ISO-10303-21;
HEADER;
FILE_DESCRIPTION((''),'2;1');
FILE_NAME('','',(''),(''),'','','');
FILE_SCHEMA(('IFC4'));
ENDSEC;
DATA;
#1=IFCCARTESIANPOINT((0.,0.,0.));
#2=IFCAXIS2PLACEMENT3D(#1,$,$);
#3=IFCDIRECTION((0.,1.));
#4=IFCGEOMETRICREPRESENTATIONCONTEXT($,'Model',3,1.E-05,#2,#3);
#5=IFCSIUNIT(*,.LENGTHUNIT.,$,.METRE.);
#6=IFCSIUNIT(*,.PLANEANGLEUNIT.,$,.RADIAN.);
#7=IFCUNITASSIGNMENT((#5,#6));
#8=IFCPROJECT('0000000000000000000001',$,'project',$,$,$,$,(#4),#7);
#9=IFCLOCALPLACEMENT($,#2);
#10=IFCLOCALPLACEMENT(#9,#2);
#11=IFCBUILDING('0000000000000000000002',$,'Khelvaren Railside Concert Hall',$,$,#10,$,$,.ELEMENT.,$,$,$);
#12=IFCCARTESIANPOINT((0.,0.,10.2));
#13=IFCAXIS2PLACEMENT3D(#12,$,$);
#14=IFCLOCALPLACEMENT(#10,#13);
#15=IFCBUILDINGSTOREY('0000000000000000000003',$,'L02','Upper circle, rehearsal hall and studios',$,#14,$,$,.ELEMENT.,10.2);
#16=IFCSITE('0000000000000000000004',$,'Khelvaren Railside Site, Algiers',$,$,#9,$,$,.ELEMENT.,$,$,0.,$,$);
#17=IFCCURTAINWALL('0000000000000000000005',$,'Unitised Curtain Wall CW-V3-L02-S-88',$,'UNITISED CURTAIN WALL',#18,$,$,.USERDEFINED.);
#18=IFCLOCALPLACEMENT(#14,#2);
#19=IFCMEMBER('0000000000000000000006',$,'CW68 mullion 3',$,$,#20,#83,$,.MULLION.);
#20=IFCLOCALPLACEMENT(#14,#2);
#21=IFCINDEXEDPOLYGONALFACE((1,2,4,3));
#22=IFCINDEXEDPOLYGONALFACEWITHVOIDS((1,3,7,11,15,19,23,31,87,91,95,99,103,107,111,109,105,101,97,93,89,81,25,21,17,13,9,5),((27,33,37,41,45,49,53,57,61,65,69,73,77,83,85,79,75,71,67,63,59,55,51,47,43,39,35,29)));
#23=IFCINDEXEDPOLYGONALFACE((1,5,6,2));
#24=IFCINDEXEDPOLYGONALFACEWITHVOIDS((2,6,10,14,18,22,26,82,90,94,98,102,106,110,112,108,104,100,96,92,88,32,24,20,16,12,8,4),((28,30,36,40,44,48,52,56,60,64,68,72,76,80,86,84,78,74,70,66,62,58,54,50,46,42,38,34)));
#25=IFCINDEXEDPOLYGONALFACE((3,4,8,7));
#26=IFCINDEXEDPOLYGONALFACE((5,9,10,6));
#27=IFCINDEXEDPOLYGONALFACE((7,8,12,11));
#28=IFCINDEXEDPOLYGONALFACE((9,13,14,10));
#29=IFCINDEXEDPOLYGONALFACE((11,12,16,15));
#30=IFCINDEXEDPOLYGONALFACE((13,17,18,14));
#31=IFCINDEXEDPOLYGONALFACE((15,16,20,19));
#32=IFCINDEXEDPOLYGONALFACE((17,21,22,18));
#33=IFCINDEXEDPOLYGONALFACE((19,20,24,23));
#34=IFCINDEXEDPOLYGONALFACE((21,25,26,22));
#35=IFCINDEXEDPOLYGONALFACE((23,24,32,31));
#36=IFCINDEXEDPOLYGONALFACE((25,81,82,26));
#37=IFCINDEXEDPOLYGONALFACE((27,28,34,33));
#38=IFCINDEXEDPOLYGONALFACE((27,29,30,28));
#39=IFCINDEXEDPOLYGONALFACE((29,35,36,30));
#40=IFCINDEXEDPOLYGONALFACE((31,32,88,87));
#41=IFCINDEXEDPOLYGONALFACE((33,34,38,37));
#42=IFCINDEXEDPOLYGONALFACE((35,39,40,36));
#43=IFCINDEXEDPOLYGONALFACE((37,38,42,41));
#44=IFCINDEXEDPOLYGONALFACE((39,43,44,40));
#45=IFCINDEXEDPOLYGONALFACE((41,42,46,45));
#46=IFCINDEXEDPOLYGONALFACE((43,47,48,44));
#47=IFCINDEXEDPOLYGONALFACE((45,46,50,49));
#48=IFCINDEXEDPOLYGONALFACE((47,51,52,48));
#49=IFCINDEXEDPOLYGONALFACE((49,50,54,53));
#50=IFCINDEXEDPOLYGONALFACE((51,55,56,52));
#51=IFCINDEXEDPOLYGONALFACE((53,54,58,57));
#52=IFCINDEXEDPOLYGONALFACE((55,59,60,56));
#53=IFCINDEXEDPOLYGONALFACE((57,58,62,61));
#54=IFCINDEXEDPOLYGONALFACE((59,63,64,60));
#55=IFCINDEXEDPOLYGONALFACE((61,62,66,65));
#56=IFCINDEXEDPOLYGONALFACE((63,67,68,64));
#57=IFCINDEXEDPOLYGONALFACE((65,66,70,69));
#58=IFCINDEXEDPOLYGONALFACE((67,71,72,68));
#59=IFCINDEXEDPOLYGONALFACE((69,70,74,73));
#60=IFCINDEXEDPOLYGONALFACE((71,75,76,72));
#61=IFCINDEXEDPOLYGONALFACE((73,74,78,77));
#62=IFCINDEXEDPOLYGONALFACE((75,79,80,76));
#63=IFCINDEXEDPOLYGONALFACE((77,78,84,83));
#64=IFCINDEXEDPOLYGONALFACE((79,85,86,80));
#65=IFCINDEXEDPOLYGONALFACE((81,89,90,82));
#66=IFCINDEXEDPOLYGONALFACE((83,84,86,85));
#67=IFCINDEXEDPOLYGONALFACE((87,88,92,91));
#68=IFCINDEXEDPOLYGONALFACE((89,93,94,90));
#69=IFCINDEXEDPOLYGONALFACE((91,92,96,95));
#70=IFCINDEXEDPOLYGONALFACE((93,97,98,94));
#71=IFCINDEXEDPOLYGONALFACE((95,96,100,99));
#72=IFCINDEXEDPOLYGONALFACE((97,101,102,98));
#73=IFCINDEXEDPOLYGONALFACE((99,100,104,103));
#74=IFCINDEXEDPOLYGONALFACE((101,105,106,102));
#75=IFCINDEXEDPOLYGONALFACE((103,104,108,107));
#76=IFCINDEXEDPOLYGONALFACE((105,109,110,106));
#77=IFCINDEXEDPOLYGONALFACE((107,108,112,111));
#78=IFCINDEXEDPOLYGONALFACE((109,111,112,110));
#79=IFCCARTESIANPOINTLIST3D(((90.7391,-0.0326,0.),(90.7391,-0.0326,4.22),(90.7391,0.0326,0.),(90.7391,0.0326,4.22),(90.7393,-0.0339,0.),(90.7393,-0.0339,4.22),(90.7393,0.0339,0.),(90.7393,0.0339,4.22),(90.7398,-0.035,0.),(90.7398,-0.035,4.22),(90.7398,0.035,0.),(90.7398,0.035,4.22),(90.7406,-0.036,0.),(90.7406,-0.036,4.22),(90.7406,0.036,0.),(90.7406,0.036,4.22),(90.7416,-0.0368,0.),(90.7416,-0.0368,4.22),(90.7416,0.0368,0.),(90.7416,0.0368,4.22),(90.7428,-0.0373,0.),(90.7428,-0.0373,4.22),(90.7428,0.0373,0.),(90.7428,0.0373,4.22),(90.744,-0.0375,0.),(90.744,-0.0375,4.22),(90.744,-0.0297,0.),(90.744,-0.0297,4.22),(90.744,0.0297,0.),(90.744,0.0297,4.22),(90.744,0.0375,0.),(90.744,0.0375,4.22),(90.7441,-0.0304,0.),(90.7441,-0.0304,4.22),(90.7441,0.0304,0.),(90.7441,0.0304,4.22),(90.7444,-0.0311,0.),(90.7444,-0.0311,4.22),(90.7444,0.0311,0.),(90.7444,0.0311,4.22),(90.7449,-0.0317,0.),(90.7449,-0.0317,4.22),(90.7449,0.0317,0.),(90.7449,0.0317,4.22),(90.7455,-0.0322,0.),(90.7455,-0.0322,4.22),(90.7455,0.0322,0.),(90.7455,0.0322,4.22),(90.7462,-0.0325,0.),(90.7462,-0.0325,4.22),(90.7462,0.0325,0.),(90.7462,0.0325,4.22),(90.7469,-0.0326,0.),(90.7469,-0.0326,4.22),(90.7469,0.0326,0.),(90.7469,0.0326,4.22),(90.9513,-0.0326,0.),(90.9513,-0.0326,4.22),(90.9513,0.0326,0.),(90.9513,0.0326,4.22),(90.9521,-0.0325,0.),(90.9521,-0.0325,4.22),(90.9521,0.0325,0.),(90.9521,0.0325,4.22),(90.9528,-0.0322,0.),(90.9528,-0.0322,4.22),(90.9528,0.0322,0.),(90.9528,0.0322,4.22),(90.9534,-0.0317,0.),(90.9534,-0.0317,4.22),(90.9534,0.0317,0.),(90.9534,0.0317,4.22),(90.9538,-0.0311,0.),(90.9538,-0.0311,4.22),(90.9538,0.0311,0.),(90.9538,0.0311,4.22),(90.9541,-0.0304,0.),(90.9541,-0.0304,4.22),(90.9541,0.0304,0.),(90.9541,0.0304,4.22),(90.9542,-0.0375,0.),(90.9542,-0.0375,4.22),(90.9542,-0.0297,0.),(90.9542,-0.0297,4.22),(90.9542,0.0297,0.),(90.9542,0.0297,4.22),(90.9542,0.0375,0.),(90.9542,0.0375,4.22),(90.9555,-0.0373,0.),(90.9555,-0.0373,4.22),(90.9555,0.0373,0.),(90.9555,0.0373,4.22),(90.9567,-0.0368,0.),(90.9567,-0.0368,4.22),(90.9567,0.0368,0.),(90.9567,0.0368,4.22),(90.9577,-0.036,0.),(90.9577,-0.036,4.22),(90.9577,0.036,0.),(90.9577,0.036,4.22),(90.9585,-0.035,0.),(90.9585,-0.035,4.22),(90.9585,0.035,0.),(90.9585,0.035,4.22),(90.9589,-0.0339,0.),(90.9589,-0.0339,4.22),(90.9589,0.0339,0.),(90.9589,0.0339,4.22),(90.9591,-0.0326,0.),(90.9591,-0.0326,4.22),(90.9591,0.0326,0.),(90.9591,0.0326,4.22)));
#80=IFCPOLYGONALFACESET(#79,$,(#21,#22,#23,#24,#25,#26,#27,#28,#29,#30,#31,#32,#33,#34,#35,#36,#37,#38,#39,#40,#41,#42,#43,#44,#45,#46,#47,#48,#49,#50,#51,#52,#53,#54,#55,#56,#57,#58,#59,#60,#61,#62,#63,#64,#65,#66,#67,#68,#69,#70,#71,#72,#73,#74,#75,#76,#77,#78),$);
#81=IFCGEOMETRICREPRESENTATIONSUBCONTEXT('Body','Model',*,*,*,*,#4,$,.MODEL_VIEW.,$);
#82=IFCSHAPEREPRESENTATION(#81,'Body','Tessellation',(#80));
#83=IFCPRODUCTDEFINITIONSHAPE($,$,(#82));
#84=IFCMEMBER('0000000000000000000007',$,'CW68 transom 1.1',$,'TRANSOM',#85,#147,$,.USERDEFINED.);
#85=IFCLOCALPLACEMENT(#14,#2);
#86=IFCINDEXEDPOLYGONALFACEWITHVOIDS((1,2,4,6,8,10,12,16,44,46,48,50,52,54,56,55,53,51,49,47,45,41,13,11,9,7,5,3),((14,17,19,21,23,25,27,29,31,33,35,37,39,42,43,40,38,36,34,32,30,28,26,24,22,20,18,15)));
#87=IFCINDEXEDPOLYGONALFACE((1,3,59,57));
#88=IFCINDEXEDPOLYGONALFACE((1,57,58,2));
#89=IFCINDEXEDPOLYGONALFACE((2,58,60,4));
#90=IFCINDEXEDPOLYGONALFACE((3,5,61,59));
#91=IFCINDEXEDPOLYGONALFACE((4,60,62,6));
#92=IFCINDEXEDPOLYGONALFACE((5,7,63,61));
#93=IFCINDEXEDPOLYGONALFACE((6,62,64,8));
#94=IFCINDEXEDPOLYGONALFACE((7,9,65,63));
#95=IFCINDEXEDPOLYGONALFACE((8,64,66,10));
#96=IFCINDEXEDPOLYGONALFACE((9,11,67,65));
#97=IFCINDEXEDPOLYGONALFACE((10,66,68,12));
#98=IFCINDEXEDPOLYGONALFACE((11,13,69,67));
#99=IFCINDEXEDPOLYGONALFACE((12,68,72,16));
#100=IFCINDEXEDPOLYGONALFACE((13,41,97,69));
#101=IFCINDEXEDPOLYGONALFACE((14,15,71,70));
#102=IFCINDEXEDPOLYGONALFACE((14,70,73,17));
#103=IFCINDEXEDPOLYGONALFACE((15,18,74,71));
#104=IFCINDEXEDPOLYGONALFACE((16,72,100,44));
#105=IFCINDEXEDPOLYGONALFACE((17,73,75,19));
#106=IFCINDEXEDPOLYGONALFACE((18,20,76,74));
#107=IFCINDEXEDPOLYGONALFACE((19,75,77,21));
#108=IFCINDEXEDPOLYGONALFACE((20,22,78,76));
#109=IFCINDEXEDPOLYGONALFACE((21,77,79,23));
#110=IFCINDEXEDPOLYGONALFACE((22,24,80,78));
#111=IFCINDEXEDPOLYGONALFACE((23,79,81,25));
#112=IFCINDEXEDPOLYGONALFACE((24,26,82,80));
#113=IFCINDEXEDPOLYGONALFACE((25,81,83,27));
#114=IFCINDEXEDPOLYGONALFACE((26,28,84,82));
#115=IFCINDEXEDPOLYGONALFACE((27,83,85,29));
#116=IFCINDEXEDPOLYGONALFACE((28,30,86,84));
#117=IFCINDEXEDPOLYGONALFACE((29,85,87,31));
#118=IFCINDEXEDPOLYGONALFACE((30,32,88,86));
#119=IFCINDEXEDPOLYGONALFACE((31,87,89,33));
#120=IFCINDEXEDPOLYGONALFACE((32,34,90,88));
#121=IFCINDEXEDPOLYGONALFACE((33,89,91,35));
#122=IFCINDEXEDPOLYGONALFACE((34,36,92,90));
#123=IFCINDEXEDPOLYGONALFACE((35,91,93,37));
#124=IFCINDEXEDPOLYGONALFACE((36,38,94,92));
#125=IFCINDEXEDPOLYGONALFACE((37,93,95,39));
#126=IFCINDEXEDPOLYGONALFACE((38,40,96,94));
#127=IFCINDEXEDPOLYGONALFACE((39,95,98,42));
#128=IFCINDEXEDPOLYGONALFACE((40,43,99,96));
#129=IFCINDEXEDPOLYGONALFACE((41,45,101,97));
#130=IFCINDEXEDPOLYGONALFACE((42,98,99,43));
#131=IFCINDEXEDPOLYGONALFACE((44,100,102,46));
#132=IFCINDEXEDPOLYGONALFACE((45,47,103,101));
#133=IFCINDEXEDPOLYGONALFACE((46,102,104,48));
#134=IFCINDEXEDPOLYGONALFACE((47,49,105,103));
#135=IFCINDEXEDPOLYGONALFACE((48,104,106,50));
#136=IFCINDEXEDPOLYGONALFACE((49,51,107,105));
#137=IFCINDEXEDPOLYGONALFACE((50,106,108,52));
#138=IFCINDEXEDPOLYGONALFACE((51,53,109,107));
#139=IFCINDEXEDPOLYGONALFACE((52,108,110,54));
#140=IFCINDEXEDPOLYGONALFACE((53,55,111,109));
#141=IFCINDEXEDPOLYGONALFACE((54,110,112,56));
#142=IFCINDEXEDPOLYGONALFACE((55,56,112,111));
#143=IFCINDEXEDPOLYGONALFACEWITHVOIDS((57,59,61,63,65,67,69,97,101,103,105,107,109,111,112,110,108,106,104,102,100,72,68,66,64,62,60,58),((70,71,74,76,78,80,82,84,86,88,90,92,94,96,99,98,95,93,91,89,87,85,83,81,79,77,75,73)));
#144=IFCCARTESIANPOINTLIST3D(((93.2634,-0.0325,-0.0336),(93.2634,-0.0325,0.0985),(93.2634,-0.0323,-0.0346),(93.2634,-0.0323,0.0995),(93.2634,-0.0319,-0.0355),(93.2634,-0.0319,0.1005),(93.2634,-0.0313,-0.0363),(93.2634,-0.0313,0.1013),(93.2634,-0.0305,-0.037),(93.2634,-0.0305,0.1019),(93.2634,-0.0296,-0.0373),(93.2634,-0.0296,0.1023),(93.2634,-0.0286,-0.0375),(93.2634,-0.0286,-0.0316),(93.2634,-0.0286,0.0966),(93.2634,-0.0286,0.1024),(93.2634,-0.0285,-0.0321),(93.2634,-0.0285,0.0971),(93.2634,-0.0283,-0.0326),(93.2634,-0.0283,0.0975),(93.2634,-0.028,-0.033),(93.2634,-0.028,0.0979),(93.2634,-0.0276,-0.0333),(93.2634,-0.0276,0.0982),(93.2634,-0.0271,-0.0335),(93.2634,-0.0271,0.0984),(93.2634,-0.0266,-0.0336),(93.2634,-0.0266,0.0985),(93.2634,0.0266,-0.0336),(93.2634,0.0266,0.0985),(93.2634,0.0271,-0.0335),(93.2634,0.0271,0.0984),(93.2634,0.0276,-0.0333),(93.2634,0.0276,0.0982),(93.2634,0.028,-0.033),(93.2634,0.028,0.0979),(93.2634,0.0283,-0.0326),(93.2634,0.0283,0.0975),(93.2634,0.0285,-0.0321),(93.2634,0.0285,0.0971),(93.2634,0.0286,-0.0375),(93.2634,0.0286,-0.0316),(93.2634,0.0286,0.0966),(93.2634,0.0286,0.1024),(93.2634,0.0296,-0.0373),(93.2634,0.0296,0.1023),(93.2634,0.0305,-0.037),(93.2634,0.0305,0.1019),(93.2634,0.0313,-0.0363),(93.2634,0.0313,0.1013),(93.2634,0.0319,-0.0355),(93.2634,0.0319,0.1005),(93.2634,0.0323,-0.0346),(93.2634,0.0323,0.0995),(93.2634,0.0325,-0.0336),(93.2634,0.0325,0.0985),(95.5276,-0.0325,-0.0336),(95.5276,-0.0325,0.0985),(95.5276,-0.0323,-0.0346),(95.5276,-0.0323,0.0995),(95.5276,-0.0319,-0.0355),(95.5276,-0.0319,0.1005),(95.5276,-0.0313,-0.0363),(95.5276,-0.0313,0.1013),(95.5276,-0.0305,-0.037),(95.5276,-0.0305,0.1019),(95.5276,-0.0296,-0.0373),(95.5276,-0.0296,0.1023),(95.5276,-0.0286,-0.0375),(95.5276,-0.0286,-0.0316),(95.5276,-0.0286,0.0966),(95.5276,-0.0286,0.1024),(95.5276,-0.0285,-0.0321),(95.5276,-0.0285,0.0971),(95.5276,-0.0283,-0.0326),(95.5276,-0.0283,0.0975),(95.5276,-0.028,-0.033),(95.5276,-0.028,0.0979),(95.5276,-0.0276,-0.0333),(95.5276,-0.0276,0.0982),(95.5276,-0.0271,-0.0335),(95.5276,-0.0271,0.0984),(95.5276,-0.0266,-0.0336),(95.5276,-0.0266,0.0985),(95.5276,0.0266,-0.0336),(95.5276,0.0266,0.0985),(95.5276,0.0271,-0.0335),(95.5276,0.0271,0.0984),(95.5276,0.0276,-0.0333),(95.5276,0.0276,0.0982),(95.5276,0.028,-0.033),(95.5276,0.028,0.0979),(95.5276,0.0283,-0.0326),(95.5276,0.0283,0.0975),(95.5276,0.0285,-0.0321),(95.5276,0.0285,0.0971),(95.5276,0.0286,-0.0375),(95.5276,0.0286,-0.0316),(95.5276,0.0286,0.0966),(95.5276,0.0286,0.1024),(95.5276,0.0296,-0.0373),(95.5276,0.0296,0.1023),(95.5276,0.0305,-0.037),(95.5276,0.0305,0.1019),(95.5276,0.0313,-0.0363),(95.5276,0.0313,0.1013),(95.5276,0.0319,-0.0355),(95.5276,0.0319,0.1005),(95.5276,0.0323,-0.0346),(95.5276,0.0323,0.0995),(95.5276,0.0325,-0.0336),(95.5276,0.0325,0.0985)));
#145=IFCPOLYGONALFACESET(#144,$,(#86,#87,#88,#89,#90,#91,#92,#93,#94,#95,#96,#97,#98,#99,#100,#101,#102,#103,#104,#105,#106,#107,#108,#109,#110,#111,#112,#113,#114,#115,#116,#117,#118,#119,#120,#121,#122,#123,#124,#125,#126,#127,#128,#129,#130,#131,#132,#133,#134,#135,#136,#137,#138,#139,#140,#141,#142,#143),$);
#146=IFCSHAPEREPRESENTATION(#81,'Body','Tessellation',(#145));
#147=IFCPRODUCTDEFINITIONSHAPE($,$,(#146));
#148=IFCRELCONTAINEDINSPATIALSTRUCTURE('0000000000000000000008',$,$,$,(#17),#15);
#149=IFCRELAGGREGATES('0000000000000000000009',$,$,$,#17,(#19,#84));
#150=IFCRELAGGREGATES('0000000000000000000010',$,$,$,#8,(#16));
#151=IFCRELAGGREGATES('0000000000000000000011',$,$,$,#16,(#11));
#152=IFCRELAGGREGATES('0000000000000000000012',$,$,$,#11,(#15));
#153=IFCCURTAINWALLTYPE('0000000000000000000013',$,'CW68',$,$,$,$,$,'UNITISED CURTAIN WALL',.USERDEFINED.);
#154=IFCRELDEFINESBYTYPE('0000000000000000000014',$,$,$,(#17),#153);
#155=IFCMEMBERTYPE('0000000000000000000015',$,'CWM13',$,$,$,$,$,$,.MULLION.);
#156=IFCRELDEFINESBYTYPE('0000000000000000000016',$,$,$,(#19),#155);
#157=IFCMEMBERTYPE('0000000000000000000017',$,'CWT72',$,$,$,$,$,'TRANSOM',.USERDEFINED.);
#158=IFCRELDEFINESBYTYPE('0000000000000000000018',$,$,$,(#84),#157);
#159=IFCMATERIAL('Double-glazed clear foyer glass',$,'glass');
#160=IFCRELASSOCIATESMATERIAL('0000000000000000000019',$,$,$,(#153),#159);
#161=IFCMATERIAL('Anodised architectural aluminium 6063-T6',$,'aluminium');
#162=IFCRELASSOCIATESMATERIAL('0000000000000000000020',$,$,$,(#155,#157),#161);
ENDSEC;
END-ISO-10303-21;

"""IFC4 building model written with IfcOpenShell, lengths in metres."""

from ifc_helpers import new_model, si_unit, direction, frame, origin, origin_2d, place, context, subcontext, project, spatial, hollow_rectangle, extrude, material, material_profile, profile_set, type_object, element, aggregate, save


model = new_model("IFC4")

# Units and contexts
model_context = context("Model", 3, precision=1e-05, world=origin(), true_north=direction((0.0, 1.0)))
body_context = subcontext(model_context, "Body", "Model", "MODEL_VIEW")
ifc_project = project(units=[si_unit("LENGTHUNIT", "METRE"), si_unit("PLANEANGLEUNIT", "RADIAN")], contexts=[model_context])

# Site, building, storey
site_placement = place(None, origin())
site = spatial("IfcSite", under=ifc_project, at=site_placement, Name="Khelvaren Railside Site, Algiers", CompositionType="ELEMENT", RefElevation=0.0)
building_placement = place(site_placement, origin())
building = spatial("IfcBuilding", under=site, at=building_placement, Name="Khelvaren Railside Concert Hall", CompositionType="ELEMENT")
storey_placement = place(building_placement, frame((0.0, 0.0, 10.2)))
storey = spatial("IfcBuildingStorey", under=building, at=storey_placement, Name="L02", Description="Upper circle, rehearsal hall and studios", CompositionType="ELEMENT", Elevation=10.2)

# Curtain wall, members
ifc_material_1 = material(Name="Double-glazed clear foyer glass", Category="glass")
curtain_wall_type = type_object("IfcCurtainWallType", Name="CW68", ElementType="UNITISED CURTAIN WALL", PredefinedType="USERDEFINED", material=ifc_material_1)
curtain_wall_placement = place(storey_placement, origin())
curtain_wall = element("IfcCurtainWall", 1, at=curtain_wall_placement, inside=storey, type_object=curtain_wall_type, Name="Unitised Curtain Wall CW-V3-L02-S-88", ObjectType="UNITISED CURTAIN WALL", PredefinedType="USERDEFINED")
ifc_material_2 = material(Name="Anodised architectural aluminium 6063-T6", Category="aluminium")
ifc_material_profile_1 = material_profile(ifc_material_2, hollow_rectangle(XDim=0.075, YDim=0.22, WallThickness=0.0049, InnerFilletRadius=0.0029, OuterFilletRadius=0.0049, at=origin_2d()), Name="CWM 75x220x5")
ifc_profile_set_1 = profile_set([ifc_material_profile_1], Name="Anodised architectural aluminium 6063-T6")
member_type_1 = type_object("IfcMemberType", Name="CWM13", PredefinedType="MULLION", material=ifc_profile_set_1)
member_1_placement = place(storey_placement, frame((90.8491, 0.0, 0.0), z_axis=(0.0, 0.0, 1.0), x_axis=(0.0, -1.0, 0.0)))
member_1 = element("IfcMember", 2, at=member_1_placement, type_object=member_type_1, Name="CW68 mullion 3", PredefinedType="MULLION", context=body_context, shape_type="SweptSolid", body=[
    extrude(hollow_rectangle(XDim=0.075, YDim=0.22, WallThickness=0.0049, InnerFilletRadius=0.0029, OuterFilletRadius=0.0049, at=origin_2d()), origin(), (0.0, 0.0, 1.0), 4.22),
])
ifc_material_profile_2 = material_profile(ifc_material_2, hollow_rectangle(XDim=0.0649, YDim=0.1399, WallThickness=0.0039, InnerFilletRadius=0.002, OuterFilletRadius=0.0039, at=origin_2d()), Name="CWT 65x140x4")
ifc_profile_set_2 = profile_set([ifc_material_profile_2], Name="Anodised architectural aluminium 6063-T6")
member_type_2 = type_object("IfcMemberType", Name="CWT72", ElementType="TRANSOM", PredefinedType="USERDEFINED", material=ifc_profile_set_2)
member_2_placement = place(storey_placement, frame((95.5276, 0.0, 0.0325), z_axis=(-1.0, 0.0, 0.0), x_axis=(0.0, -1.0, 0.0)))
member_2 = element("IfcMember", 3, at=member_2_placement, type_object=member_type_2, Name="CW68 transom 1.1", ObjectType="TRANSOM", PredefinedType="USERDEFINED", context=body_context, shape_type="SweptSolid", body=[
    extrude(hollow_rectangle(XDim=0.0649, YDim=0.1399, WallThickness=0.0039, InnerFilletRadius=0.002, OuterFilletRadius=0.0039, at=origin_2d()), origin(), (0.0, 0.0, 1.0), 2.2642),
])
aggregate(curtain_wall, [member_1, member_2])

save(model, "model.ifc")
